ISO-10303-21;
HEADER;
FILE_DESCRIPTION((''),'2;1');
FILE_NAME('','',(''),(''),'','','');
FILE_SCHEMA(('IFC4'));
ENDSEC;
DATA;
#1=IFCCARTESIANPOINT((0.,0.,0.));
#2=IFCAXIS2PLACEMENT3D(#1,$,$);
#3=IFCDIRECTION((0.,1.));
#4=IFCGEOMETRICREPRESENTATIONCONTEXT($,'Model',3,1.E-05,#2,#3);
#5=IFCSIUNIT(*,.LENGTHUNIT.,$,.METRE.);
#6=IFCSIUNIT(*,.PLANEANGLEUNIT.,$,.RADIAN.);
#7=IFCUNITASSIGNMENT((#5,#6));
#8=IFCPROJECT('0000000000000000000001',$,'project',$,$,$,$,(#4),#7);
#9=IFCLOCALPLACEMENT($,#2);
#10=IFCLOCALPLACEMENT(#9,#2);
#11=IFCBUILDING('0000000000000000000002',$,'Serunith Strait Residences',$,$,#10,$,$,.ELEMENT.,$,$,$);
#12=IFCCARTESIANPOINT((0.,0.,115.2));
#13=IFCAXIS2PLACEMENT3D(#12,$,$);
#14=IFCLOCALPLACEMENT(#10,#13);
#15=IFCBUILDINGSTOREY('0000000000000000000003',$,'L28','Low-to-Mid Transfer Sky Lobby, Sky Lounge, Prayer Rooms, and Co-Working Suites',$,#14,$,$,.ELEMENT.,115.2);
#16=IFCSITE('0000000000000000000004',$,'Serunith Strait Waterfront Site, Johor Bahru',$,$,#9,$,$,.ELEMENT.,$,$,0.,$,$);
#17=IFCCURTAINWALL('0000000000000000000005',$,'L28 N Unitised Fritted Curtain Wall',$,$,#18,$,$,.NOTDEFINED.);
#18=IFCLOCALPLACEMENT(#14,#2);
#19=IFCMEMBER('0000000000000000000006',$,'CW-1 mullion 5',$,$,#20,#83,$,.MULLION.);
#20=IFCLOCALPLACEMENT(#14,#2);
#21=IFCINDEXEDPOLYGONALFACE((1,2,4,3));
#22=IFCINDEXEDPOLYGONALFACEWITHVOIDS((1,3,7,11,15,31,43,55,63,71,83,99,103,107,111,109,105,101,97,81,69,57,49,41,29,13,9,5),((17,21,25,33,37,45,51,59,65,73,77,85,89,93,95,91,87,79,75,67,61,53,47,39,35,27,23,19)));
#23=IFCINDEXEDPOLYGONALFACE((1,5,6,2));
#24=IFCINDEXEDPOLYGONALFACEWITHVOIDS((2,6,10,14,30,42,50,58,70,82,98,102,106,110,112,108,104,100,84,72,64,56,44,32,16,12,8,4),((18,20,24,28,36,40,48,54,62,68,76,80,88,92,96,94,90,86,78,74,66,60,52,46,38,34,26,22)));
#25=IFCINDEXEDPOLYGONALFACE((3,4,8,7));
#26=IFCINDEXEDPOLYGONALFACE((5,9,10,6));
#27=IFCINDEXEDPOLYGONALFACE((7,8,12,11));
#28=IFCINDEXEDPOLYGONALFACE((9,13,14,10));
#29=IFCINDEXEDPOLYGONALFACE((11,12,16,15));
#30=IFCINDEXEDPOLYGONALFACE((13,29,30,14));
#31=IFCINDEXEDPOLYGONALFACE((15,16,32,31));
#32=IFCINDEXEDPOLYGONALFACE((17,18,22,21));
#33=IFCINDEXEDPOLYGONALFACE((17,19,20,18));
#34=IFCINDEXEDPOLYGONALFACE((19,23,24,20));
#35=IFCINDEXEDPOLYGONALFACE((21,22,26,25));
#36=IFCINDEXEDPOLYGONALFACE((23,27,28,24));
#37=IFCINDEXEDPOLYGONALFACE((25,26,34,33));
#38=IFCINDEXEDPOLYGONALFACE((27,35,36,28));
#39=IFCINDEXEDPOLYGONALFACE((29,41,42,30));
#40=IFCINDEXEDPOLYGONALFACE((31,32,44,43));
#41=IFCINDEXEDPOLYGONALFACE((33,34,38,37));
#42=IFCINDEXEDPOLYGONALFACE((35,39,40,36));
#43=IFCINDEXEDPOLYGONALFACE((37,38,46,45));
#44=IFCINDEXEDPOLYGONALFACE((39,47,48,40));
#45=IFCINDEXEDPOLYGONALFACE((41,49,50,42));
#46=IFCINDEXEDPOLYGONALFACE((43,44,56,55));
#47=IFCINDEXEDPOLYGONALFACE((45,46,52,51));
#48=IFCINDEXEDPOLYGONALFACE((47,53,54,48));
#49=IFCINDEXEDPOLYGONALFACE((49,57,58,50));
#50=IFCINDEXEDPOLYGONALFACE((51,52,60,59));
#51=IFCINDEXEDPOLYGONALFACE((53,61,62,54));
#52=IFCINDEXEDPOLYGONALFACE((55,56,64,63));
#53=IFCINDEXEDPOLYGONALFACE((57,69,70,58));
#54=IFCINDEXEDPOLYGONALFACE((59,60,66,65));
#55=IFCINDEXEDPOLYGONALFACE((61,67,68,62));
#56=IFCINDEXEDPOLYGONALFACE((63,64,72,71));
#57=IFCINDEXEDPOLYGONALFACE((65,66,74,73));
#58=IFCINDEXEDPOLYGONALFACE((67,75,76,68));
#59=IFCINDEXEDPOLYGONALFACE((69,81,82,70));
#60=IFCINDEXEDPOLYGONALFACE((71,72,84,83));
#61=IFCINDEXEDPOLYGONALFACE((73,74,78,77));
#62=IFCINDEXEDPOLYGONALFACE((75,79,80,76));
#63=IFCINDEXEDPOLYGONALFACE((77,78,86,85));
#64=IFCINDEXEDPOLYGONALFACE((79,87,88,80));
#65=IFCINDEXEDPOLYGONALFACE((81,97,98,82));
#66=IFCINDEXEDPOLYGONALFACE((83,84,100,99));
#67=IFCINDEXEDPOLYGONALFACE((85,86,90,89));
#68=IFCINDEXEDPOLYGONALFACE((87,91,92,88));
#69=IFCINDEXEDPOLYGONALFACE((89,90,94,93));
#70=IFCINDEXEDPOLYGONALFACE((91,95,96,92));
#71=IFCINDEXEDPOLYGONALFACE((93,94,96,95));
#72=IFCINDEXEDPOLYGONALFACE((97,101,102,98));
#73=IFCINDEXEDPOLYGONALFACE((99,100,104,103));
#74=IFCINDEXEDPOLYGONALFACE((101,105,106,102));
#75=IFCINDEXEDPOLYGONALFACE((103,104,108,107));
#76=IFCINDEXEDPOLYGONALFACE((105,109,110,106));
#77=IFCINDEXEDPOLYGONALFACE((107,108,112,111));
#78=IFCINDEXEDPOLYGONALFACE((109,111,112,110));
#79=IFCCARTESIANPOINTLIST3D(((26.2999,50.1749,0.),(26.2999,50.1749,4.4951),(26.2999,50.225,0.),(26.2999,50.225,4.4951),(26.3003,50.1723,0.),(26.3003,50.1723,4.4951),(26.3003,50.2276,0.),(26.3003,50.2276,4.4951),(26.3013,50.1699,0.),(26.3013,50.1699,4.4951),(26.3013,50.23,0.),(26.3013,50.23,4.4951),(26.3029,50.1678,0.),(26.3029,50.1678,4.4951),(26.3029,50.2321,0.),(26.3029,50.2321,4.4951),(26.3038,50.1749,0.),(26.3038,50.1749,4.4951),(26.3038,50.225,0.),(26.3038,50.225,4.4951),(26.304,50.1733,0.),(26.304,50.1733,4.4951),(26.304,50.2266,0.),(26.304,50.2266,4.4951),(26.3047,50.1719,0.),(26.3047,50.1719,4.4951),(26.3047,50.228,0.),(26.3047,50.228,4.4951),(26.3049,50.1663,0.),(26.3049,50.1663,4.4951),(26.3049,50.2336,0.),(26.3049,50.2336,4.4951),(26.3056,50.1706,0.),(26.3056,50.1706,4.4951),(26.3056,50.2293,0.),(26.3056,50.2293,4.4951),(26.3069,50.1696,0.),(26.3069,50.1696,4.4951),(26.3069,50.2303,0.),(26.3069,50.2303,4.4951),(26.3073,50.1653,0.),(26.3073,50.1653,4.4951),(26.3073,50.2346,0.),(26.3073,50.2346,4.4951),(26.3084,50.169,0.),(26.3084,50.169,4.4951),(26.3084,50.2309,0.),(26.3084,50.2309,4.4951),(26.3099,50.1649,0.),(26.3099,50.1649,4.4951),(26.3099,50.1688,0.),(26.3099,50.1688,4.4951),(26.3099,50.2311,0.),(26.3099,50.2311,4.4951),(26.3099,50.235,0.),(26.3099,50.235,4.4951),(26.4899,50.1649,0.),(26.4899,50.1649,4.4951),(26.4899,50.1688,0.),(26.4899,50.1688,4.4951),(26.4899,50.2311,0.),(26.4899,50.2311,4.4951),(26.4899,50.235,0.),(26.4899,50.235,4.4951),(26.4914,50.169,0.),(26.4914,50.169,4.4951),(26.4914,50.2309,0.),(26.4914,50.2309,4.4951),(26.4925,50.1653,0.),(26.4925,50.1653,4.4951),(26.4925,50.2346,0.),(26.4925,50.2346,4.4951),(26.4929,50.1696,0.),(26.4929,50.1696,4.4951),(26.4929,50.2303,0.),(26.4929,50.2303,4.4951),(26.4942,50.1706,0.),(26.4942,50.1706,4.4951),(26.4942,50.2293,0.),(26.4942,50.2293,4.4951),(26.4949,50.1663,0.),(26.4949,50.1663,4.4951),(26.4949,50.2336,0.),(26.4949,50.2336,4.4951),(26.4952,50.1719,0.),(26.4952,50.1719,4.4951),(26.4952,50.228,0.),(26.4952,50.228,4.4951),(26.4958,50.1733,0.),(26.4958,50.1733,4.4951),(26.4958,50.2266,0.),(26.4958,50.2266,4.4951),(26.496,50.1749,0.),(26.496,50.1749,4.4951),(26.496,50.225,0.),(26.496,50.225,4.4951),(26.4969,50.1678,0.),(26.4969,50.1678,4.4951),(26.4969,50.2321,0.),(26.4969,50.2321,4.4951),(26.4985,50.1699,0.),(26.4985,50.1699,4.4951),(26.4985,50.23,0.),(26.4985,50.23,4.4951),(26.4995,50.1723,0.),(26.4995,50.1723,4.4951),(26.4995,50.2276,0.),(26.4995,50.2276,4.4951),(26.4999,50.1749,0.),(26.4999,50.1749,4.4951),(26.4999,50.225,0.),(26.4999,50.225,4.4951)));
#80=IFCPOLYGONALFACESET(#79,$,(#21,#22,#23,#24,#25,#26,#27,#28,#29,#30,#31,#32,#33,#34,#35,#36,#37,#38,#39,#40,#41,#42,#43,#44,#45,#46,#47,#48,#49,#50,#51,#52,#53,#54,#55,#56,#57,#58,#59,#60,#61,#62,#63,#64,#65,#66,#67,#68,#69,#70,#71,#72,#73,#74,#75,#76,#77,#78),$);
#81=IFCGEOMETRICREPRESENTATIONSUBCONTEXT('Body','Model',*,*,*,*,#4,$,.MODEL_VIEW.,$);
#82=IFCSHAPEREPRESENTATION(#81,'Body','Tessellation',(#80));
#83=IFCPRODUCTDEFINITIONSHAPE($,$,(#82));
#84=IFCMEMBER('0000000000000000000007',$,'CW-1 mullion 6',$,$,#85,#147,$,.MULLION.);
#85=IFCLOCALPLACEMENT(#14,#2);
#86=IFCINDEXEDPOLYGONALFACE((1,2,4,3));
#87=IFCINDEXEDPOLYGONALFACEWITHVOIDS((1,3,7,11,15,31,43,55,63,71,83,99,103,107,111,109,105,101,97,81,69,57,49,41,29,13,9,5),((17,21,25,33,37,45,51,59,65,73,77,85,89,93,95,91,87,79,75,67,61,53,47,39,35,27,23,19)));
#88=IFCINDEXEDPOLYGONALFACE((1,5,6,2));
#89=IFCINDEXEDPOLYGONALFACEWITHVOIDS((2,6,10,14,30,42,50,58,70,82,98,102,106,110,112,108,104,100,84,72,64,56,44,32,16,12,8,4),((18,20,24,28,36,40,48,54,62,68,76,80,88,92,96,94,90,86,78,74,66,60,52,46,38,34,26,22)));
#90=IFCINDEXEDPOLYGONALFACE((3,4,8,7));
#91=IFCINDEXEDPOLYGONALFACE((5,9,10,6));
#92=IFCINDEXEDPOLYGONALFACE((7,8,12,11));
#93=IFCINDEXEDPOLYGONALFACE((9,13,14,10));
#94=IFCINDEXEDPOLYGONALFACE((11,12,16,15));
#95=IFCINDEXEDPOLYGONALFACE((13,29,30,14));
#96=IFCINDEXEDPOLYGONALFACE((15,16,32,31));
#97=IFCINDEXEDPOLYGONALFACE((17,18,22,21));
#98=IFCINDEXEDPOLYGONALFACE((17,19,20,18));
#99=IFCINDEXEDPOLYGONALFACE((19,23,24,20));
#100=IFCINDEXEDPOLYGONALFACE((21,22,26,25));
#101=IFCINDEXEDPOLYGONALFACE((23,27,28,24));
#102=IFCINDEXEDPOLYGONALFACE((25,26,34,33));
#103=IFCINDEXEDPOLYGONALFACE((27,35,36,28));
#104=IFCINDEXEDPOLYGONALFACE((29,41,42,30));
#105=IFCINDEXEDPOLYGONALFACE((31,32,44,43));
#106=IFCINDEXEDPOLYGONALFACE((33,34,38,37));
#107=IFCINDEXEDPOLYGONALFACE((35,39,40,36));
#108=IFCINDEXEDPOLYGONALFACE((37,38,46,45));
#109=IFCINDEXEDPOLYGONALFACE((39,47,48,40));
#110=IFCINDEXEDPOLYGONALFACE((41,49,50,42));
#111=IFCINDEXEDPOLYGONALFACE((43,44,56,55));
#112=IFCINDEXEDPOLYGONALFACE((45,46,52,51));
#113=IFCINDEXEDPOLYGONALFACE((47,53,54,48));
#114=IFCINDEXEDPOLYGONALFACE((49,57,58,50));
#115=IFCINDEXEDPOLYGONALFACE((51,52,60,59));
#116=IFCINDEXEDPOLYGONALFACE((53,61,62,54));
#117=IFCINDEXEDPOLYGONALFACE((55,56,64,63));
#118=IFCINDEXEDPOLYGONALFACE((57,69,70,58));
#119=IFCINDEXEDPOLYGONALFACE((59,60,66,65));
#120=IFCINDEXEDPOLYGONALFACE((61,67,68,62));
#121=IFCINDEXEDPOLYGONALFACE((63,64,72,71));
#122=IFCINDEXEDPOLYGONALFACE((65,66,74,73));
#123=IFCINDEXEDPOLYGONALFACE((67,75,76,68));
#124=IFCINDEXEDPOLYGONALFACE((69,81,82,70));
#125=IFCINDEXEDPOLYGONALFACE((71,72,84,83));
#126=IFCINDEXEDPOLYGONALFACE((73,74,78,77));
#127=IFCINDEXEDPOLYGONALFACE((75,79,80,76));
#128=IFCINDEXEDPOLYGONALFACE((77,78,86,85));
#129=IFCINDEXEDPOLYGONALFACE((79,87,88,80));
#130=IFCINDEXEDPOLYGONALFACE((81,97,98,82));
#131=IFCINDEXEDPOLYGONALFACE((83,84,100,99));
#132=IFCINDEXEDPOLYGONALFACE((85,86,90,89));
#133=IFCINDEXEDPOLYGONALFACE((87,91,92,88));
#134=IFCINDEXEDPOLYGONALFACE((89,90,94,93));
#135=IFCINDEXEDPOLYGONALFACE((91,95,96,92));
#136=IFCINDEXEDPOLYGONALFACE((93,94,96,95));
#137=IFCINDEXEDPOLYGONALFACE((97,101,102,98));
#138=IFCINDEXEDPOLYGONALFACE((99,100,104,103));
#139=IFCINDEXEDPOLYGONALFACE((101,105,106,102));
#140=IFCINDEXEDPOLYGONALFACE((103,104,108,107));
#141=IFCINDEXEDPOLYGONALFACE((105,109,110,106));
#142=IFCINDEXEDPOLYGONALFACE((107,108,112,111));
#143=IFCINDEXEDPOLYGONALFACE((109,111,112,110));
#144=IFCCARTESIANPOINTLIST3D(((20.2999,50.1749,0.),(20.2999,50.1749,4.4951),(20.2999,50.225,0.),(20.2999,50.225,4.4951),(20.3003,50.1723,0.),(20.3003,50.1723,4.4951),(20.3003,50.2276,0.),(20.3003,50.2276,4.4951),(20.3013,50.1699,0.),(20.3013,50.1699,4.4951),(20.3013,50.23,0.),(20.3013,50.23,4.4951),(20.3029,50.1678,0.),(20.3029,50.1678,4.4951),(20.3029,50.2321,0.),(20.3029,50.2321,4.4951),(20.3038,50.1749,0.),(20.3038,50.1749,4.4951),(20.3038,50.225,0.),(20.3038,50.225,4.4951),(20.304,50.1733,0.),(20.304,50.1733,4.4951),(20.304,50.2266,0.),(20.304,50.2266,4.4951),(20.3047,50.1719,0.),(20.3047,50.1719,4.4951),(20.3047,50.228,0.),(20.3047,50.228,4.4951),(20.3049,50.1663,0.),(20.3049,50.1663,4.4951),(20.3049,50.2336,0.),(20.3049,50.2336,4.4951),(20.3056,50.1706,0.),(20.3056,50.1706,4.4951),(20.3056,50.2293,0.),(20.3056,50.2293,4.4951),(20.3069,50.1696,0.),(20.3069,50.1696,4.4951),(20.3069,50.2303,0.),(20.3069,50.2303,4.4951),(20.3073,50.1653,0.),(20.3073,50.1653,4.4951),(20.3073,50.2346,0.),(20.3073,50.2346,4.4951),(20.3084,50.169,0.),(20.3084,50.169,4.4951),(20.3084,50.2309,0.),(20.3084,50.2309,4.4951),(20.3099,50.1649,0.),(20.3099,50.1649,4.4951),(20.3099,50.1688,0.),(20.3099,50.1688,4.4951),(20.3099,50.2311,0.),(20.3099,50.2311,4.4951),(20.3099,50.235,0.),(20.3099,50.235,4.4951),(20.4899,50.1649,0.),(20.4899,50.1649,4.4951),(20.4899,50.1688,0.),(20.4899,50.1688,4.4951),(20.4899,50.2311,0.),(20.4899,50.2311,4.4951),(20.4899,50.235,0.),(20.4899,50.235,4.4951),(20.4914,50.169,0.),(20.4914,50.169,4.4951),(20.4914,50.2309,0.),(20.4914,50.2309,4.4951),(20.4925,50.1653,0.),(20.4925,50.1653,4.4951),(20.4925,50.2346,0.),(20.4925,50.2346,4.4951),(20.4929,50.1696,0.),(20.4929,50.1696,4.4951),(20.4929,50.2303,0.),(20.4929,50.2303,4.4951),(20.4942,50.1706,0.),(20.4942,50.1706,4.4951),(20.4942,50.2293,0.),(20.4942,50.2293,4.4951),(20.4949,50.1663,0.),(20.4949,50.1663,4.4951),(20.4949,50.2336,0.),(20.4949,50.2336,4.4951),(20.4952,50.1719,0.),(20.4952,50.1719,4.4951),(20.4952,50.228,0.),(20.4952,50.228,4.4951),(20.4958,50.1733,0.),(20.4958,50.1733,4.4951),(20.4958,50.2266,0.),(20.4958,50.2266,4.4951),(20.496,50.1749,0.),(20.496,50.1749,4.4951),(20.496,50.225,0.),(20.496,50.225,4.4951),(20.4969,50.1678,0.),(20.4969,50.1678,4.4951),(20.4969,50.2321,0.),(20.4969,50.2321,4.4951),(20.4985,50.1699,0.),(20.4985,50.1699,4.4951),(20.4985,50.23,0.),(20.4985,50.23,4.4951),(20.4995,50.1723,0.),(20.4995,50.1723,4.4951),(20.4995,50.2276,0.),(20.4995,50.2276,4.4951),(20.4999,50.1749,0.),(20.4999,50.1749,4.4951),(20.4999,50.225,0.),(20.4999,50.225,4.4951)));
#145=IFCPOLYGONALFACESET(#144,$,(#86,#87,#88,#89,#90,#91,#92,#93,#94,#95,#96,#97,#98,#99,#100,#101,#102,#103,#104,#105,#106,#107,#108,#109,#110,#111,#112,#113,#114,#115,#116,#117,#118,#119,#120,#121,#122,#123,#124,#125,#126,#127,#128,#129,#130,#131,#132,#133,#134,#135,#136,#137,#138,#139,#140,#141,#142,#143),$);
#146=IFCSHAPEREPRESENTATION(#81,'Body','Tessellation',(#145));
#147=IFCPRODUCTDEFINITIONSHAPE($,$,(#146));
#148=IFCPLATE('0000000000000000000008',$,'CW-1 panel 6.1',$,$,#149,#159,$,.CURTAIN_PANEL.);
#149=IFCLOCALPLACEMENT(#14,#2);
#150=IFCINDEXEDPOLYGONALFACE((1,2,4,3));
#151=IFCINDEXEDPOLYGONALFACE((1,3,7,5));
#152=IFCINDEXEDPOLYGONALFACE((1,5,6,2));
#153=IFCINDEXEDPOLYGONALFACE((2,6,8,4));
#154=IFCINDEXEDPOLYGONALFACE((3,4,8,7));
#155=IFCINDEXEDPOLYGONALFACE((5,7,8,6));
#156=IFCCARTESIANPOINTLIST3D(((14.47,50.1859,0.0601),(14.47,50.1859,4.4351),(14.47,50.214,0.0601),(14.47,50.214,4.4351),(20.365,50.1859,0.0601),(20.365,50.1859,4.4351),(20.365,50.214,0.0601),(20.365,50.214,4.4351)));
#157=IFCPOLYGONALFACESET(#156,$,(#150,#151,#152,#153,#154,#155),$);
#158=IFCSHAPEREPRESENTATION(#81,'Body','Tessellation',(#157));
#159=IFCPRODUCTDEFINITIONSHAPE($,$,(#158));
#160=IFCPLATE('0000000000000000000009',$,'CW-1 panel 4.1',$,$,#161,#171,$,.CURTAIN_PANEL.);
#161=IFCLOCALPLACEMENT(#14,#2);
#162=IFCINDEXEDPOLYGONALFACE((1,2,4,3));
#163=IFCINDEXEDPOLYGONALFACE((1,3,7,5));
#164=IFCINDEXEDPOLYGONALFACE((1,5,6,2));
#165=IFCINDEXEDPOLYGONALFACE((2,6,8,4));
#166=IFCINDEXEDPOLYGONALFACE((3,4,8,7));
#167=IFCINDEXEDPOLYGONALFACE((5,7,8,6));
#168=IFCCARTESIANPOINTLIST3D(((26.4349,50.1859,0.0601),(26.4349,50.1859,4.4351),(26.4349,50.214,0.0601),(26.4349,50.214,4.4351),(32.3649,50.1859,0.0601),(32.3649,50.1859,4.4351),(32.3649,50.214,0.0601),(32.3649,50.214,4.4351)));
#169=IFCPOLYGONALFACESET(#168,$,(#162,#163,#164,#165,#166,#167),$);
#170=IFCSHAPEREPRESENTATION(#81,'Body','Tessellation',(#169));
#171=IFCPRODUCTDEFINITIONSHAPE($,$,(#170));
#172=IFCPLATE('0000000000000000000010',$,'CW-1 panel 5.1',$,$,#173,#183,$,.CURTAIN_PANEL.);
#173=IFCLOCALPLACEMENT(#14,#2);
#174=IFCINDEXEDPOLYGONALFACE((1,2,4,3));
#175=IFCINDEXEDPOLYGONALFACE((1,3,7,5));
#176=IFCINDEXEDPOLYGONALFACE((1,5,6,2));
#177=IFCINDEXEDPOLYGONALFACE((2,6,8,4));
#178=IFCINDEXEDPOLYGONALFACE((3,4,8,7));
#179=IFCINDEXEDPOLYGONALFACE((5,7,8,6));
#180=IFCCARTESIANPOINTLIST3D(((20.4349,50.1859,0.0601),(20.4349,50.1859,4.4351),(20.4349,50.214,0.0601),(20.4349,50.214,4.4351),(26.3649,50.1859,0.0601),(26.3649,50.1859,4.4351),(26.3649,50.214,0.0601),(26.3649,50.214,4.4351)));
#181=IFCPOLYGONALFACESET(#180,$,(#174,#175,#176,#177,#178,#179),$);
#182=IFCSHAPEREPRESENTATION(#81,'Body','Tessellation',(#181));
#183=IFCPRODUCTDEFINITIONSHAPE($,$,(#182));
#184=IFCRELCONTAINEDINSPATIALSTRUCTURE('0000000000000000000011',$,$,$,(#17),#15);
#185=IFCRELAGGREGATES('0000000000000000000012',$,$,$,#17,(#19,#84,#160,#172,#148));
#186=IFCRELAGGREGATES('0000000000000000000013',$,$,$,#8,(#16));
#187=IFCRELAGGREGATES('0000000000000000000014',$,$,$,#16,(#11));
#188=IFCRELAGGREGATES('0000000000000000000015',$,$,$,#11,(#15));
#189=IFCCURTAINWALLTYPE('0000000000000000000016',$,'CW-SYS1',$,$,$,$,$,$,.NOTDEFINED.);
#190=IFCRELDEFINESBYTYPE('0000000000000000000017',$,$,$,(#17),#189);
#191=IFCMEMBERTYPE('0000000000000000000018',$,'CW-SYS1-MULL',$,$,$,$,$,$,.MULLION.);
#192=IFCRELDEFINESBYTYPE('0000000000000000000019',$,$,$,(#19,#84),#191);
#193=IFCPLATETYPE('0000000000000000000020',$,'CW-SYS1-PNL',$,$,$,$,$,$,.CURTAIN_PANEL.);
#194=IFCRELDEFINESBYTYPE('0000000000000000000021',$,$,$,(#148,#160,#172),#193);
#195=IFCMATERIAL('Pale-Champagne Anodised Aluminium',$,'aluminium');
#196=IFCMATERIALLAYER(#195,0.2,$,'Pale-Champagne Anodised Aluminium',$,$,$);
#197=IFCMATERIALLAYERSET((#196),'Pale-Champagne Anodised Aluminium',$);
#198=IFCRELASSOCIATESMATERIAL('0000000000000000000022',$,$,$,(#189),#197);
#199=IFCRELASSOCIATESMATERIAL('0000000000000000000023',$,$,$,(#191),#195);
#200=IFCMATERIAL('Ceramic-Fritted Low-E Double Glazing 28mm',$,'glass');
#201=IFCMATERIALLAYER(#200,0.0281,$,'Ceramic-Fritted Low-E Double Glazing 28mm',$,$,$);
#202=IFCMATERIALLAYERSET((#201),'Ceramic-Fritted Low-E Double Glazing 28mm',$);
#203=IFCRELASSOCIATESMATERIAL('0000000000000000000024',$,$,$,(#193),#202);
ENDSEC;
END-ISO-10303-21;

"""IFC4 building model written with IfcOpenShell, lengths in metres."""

from ifc_helpers import new_model, si_unit, direction, frame, origin, origin_2d, place, context, subcontext, project, spatial, rectangle, hollow_rectangle, extrude, source, transform, mapped, material, layer, layer_set, material_profile, profile_set, type_object, element, aggregate, save


model = new_model("IFC4")

# Units and contexts
model_context = context("Model", 3, precision=1e-05, world=origin(), true_north=direction((0.0, 1.0)))
body_context = subcontext(model_context, "Body", "Model", "MODEL_VIEW")
ifc_project = project(units=[si_unit("LENGTHUNIT", "METRE"), si_unit("PLANEANGLEUNIT", "RADIAN")], contexts=[model_context])

# Site, building, storey
site_placement = place(None, origin())
site = spatial("IfcSite", under=ifc_project, at=site_placement, Name="Serunith Strait Waterfront Site, Johor Bahru", CompositionType="ELEMENT", RefElevation=0.0)
building_placement = place(site_placement, origin())
building = spatial("IfcBuilding", under=site, at=building_placement, Name="Serunith Strait Residences", CompositionType="ELEMENT")
storey_placement = place(building_placement, frame((0.0, 0.0, 115.2)))
storey = spatial("IfcBuildingStorey", under=building, at=storey_placement, Name="L28", Description="Low-to-Mid Transfer Sky Lobby, Sky Lounge, Prayer Rooms, and Co-Working Suites", CompositionType="ELEMENT", Elevation=115.2)

# Curtain wall, members, plates
ifc_material_1 = material(Name="Pale-Champagne Anodised Aluminium", Category="aluminium")
ifc_layer_1 = layer(ifc_material_1, 0.2, Name="Pale-Champagne Anodised Aluminium")
ifc_layer_set_1 = layer_set([ifc_layer_1], Name="Pale-Champagne Anodised Aluminium")
curtain_wall_type = type_object("IfcCurtainWallType", Name="CW-SYS1", PredefinedType="NOTDEFINED", material=ifc_layer_set_1)
curtain_wall_placement = place(storey_placement, origin())
curtain_wall = element("IfcCurtainWall", 1, at=curtain_wall_placement, inside=storey, type_object=curtain_wall_type, Name="L28 N Unitised Fritted Curtain Wall", PredefinedType="NOTDEFINED")
ifc_material_profile_1 = material_profile(ifc_material_1, hollow_rectangle(XDim=0.0701, YDim=0.2, WallThickness=0.0039, InnerFilletRadius=0.0061, OuterFilletRadius=0.01, at=origin_2d()), Name="ALU 200x70x4")
ifc_profile_set_1 = profile_set([ifc_material_profile_1], Name="Pale-Champagne Anodised Aluminium")
member_type_1 = type_object("IfcMemberType", Name="CW-SYS1-MULL", PredefinedType="MULLION", material=ifc_profile_set_1)
shared_shape_1 = source(origin(), body_context, "Body", "SweptSolid", [
    extrude(hollow_rectangle(XDim=0.0701, YDim=0.2, WallThickness=0.0039, InnerFilletRadius=0.0061, OuterFilletRadius=0.01, at=origin_2d()), origin(), (0.0, 0.0, 1.0), 4.4951),
])
member_1_placement = place(storey_placement, frame((26.3999, 50.2, 0.0), z_axis=(0.0, 0.0, 1.0), x_axis=(0.0, -1.0, 0.0)))
member_1 = element("IfcMember", 2, at=member_1_placement, type_object=member_type_1, Name="CW-1 mullion 5", PredefinedType="MULLION", context=body_context, shape_type="MappedRepresentation", body=[
    mapped(shared_shape_1, transform((0.0, 0.0, 0.0), scale=1.0)),
])
member_2_placement = place(storey_placement, frame((20.3999, 50.2, 0.0), z_axis=(0.0, 0.0, 1.0), x_axis=(0.0, -1.0, 0.0)))
member_2 = element("IfcMember", 3, at=member_2_placement, type_object=member_type_1, Name="CW-1 mullion 6", PredefinedType="MULLION", context=body_context, shape_type="MappedRepresentation", body=[
    mapped(shared_shape_1, transform((0.0, 0.0, 0.0), scale=1.0)),
])
ifc_material_2 = material(Name="Ceramic-Fritted Low-E Double Glazing 28mm", Category="glass")
ifc_layer_2 = layer(ifc_material_2, 0.0281, Name="Ceramic-Fritted Low-E Double Glazing 28mm")
ifc_layer_set_2 = layer_set([ifc_layer_2], Name="Ceramic-Fritted Low-E Double Glazing 28mm")
plate_type = type_object("IfcPlateType", Name="CW-SYS1-PNL", PredefinedType="CURTAIN_PANEL", material=ifc_layer_set_2)
shared_shape_2 = source(origin(), body_context, "Body", "SweptSolid", [
    extrude(rectangle(XDim=5.895, YDim=0.0281, at=origin_2d()), origin(), (0.0, 0.0, 1.0), 4.375),
])
plate_1_placement = place(storey_placement, frame((17.4175, 50.2, 0.0601), z_axis=(0.0, 0.0, 1.0), x_axis=(-1.0, 0.0, 0.0)))
plate_1 = element("IfcPlate", 4, at=plate_1_placement, type_object=plate_type, Name="CW-1 panel 6.1", PredefinedType="CURTAIN_PANEL", context=body_context, shape_type="MappedRepresentation", body=[
    mapped(shared_shape_2, transform((0.0, 0.0, 0.0), scale=1.0)),
])
shared_shape_3 = source(origin(), body_context, "Body", "SweptSolid", [
    extrude(rectangle(XDim=5.9299, YDim=0.0281, at=origin_2d()), origin(), (0.0, 0.0, 1.0), 4.375),
])
plate_2_placement = place(storey_placement, frame((29.3999, 50.2, 0.0601), z_axis=(0.0, 0.0, 1.0), x_axis=(-1.0, 0.0, 0.0)))
plate_2 = element("IfcPlate", 5, at=plate_2_placement, type_object=plate_type, Name="CW-1 panel 4.1", PredefinedType="CURTAIN_PANEL", context=body_context, shape_type="MappedRepresentation", body=[
    mapped(shared_shape_3, transform((0.0, 0.0, 0.0), scale=1.0)),
])
plate_3_placement = place(storey_placement, frame((23.3999, 50.2, 0.0601), z_axis=(0.0, 0.0, 1.0), x_axis=(-1.0, 0.0, 0.0)))
plate_3 = element("IfcPlate", 6, at=plate_3_placement, type_object=plate_type, Name="CW-1 panel 5.1", PredefinedType="CURTAIN_PANEL", context=body_context, shape_type="MappedRepresentation", body=[
    mapped(shared_shape_3, transform((0.0, 0.0, 0.0), scale=1.0)),
])
aggregate(curtain_wall, [member_1, member_2, plate_2, plate_3, plate_1])

save(model, "model.ifc")
